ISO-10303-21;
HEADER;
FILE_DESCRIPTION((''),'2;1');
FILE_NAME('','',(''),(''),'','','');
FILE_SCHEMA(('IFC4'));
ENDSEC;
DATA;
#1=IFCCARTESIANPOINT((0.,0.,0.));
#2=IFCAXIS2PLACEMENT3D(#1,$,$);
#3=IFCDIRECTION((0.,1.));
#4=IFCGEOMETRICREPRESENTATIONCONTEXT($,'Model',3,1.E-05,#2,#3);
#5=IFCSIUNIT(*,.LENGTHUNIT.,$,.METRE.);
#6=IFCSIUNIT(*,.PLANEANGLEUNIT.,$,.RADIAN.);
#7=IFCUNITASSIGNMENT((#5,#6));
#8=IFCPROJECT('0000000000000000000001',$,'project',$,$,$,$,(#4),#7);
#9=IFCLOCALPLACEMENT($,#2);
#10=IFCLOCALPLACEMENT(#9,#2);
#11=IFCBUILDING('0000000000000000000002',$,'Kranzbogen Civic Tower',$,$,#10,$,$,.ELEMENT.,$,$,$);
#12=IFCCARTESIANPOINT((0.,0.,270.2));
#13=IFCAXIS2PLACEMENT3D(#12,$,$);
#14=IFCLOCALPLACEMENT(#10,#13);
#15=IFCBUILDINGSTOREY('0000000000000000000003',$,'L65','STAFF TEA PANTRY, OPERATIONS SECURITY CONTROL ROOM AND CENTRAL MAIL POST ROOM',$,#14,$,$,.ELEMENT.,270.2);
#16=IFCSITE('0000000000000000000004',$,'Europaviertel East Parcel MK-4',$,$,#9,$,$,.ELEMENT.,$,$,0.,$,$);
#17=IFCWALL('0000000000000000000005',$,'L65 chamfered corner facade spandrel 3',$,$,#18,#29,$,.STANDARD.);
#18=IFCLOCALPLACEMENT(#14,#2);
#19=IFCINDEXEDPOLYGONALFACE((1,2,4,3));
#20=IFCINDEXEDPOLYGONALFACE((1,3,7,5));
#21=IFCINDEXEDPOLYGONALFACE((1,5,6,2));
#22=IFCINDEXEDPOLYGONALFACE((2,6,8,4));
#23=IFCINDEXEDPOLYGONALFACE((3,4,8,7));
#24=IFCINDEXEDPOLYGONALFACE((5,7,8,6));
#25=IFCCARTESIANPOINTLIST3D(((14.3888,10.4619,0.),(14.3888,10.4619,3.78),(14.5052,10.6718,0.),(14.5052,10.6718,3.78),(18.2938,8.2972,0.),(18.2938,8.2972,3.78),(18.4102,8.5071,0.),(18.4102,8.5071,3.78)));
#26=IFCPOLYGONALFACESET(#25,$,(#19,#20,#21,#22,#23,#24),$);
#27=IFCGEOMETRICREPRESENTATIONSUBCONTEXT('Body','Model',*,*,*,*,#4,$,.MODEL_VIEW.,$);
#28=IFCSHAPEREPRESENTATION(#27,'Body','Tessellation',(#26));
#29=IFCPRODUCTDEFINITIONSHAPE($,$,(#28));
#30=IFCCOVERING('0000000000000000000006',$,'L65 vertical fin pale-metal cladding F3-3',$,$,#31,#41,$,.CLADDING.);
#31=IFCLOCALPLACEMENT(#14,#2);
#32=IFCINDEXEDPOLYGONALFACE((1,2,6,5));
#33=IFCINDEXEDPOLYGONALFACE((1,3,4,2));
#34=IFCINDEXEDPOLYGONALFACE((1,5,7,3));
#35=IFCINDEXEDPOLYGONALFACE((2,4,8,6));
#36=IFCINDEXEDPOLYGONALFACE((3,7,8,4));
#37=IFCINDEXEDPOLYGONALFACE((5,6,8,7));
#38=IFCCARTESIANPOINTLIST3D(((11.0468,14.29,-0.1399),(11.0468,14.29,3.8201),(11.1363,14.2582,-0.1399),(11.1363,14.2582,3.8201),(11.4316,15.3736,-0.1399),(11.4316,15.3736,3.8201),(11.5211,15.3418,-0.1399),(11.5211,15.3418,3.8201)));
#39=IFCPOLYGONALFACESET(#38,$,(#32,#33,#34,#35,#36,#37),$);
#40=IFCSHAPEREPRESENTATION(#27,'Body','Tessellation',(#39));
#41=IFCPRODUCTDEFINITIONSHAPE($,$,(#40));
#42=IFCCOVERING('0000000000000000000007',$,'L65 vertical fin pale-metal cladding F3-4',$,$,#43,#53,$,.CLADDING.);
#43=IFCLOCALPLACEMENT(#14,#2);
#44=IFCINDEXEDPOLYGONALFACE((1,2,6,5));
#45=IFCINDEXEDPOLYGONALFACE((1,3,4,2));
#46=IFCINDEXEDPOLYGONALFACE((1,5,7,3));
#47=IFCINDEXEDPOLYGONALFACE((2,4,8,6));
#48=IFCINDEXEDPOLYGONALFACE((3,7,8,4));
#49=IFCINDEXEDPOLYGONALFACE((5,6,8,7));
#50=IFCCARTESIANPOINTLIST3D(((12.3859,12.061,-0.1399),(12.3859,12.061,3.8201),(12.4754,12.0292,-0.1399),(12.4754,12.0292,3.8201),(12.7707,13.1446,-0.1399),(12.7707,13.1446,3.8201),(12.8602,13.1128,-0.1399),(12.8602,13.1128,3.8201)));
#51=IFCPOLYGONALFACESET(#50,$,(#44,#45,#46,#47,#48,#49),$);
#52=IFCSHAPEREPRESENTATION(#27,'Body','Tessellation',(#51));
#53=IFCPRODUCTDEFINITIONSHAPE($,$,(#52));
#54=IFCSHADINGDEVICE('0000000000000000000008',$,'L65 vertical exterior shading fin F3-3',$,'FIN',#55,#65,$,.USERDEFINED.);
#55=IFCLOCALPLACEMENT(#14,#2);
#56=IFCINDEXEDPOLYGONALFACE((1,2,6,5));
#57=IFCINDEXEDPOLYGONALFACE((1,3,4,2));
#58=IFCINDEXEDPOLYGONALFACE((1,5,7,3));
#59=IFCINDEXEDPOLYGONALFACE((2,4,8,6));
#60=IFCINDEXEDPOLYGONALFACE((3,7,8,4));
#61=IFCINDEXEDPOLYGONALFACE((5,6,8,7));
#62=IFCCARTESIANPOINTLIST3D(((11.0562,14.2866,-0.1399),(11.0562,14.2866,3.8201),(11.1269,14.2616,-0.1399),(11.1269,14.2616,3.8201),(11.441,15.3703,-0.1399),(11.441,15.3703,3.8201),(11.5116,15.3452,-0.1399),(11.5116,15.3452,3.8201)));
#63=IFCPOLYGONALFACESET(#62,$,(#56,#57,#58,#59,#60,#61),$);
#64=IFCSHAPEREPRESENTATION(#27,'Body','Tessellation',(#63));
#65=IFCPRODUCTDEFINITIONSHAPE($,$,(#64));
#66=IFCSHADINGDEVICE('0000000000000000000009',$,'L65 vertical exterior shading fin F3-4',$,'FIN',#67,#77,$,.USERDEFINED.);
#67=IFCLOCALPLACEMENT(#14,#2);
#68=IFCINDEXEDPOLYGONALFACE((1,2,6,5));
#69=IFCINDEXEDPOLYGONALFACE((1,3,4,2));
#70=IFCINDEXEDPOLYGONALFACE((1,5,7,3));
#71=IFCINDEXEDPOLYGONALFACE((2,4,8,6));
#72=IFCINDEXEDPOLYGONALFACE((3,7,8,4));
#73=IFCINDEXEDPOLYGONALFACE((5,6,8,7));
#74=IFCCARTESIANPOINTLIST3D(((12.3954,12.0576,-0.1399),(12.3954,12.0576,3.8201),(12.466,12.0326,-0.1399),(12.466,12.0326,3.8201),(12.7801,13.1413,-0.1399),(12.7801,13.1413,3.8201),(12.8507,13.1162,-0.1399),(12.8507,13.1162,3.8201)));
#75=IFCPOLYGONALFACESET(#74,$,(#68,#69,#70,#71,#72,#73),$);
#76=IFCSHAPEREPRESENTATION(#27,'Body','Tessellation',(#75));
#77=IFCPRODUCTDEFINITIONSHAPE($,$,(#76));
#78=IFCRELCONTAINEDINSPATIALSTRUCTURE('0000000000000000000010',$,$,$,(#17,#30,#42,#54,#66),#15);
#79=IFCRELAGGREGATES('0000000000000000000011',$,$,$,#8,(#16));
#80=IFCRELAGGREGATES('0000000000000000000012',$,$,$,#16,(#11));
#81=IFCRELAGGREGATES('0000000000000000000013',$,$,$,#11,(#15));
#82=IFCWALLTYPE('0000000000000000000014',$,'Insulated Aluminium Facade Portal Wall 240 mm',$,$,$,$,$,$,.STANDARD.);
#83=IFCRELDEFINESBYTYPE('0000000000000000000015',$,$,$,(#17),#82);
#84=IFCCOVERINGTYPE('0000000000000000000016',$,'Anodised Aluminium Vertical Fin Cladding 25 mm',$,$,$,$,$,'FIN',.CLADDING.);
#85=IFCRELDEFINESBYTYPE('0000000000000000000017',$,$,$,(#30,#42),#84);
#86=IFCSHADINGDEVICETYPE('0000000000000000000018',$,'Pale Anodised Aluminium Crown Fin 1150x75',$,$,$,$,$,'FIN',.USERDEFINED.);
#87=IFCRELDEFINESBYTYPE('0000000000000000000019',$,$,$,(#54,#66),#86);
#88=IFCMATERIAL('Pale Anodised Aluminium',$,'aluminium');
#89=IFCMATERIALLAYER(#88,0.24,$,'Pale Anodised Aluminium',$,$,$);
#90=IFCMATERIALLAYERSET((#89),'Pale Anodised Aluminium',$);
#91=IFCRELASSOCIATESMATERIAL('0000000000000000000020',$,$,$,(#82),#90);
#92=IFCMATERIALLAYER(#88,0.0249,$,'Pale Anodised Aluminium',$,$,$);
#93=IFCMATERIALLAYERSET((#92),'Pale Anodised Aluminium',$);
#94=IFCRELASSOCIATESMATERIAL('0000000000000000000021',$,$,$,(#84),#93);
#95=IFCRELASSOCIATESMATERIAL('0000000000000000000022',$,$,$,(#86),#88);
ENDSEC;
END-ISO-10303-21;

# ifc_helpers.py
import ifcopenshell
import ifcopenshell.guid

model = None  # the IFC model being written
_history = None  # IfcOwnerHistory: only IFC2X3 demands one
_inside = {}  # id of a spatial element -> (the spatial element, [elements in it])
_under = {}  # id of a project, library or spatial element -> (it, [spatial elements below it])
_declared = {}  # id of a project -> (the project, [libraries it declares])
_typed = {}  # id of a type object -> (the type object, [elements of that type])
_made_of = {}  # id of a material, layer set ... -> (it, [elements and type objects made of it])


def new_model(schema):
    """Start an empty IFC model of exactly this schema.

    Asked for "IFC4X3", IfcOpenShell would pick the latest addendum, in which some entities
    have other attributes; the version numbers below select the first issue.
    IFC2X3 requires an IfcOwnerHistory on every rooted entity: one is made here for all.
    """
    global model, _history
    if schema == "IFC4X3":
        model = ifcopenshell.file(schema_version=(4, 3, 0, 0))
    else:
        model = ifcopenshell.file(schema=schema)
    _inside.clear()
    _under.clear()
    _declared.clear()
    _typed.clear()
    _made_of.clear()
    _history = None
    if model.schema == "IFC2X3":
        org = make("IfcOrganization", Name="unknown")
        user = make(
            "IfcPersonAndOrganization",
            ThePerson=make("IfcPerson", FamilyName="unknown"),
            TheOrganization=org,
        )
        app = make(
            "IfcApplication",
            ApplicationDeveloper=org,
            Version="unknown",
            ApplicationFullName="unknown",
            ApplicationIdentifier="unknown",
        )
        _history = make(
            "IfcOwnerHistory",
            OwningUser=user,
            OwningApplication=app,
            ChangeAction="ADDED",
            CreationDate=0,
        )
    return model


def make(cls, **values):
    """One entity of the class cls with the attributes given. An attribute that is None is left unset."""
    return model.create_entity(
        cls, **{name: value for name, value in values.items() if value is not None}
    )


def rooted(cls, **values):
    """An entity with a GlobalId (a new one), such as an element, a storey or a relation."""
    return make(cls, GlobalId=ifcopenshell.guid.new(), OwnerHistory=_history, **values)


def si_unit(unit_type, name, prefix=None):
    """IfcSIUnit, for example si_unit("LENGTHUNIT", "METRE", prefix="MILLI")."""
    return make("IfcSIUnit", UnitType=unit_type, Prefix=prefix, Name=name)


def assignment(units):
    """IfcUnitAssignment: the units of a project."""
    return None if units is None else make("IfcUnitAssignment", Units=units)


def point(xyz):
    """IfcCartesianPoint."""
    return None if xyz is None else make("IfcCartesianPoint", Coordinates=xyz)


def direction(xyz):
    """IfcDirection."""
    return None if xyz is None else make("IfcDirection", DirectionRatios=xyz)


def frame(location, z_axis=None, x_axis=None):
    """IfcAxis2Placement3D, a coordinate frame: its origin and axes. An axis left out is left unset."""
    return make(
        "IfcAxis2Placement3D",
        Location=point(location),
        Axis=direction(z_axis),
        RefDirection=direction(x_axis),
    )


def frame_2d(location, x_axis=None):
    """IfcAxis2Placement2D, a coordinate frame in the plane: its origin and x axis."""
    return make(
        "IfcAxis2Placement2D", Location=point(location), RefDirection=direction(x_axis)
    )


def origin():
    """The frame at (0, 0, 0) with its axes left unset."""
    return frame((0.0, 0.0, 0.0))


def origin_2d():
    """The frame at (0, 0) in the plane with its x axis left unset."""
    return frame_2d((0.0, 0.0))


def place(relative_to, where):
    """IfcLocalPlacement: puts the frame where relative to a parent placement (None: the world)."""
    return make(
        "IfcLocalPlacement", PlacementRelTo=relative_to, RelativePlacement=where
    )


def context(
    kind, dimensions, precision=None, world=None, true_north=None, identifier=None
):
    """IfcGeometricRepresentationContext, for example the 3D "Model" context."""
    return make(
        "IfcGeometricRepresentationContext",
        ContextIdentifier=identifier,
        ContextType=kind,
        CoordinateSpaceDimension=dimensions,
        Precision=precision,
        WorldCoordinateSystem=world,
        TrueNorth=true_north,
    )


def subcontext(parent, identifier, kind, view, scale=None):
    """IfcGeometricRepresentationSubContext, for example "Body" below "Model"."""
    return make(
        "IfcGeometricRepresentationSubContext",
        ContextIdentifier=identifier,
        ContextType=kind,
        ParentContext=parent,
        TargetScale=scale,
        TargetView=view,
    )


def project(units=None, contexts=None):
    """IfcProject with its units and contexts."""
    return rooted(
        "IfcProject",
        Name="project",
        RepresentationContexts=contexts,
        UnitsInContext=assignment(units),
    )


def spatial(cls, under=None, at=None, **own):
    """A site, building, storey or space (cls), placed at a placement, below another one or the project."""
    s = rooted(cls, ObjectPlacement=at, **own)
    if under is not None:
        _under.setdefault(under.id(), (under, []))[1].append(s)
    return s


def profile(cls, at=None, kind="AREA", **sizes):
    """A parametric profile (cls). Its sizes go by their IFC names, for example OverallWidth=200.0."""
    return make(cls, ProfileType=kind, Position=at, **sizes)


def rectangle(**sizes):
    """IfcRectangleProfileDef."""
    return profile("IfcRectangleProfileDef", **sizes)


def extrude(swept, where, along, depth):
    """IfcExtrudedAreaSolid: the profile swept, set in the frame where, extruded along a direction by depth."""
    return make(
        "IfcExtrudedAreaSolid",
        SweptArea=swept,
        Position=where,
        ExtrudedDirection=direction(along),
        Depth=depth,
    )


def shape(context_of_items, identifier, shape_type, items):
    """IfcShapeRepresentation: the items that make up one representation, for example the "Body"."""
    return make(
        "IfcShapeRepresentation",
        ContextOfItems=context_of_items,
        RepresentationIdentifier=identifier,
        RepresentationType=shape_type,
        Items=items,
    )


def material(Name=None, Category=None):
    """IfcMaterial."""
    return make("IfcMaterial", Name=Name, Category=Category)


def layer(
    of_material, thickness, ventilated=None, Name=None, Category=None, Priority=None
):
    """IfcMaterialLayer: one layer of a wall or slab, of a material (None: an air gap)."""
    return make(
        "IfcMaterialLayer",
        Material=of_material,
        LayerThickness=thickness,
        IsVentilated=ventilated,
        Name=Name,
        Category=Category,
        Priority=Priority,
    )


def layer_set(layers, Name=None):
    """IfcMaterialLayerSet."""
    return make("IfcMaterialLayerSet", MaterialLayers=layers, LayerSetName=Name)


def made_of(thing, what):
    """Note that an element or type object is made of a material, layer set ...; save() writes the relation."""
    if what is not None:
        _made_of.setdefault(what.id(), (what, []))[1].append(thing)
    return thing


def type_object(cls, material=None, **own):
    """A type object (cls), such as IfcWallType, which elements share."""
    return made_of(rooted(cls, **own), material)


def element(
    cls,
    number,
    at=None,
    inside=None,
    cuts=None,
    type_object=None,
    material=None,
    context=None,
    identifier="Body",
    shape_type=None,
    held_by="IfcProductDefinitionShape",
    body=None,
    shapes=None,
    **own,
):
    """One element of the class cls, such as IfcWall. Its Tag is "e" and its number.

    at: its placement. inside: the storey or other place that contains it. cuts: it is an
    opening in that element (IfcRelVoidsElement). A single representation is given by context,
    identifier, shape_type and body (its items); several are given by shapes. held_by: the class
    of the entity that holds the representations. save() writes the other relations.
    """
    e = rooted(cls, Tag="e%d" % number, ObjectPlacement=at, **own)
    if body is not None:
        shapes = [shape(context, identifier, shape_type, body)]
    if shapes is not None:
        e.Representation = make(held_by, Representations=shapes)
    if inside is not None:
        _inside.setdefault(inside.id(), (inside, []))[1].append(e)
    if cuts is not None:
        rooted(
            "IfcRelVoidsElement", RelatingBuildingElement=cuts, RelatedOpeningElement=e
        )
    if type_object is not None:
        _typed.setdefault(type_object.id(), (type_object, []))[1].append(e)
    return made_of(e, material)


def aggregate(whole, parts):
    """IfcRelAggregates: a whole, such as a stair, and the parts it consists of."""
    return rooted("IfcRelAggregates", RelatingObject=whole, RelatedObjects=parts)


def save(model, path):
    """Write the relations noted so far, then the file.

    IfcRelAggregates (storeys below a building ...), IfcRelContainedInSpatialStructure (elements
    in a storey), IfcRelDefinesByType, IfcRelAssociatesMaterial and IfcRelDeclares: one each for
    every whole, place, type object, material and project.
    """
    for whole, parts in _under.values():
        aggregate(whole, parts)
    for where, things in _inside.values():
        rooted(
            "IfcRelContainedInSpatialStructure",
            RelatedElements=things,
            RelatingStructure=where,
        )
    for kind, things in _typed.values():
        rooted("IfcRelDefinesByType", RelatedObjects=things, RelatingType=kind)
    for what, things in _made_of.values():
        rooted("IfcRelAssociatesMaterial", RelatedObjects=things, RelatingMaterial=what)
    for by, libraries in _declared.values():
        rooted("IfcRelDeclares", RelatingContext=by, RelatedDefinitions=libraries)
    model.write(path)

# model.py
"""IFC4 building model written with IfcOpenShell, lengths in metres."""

from ifc_helpers import new_model, si_unit, direction, frame, frame_2d, origin, origin_2d, place, context, subcontext, project, spatial, rectangle, extrude, material, layer, layer_set, type_object, element, save


model = new_model("IFC4")

# Units and contexts
model_context = context("Model", 3, precision=1e-05, world=origin(), true_north=direction((0.0, 1.0)))
body_context = subcontext(model_context, "Body", "Model", "MODEL_VIEW")
ifc_project = project(units=[si_unit("LENGTHUNIT", "METRE"), si_unit("PLANEANGLEUNIT", "RADIAN")], contexts=[model_context])

# Site, building, storey
site_placement = place(None, origin())
site = spatial("IfcSite", under=ifc_project, at=site_placement, Name="Europaviertel East Parcel MK-4", CompositionType="ELEMENT", RefElevation=0.0)
building_placement = place(site_placement, origin())
building = spatial("IfcBuilding", under=site, at=building_placement, Name="Kranzbogen Civic Tower", CompositionType="ELEMENT")
storey_placement = place(building_placement, frame((0.0, 0.0, 270.2)))
storey = spatial("IfcBuildingStorey", under=building, at=storey_placement, Name="L65", Description="STAFF TEA PANTRY, OPERATIONS SECURITY CONTROL ROOM AND CENTRAL MAIL POST ROOM", CompositionType="ELEMENT", Elevation=270.2)

# Shared definitions
ifc_material_1 = material(Name="Pale Anodised Aluminium", Category="aluminium")

# Wall
ifc_layer_1 = layer(ifc_material_1, 0.24, Name="Pale Anodised Aluminium")
ifc_layer_set_1 = layer_set([ifc_layer_1], Name="Pale Anodised Aluminium")
wall_type_1 = type_object("IfcWallType", Name="Insulated Aluminium Facade Portal Wall 240 mm", PredefinedType="STANDARD", material=ifc_layer_set_1)
wall_1_placement = place(storey_placement, frame((14.447, 10.5669, 0.0), z_axis=(0.0, 0.0, 1.0), x_axis=(0.874601, -0.484844, 0.0)))
element("IfcWall", 1, at=wall_1_placement, inside=storey, type_object=wall_type_1, Name="L65 chamfered corner facade spandrel 3", PredefinedType="STANDARD", context=body_context, shape_type="SweptSolid", body=[
    extrude(rectangle(XDim=4.4648, YDim=0.24, at=frame_2d((2.2324, 0.0))), origin(), (0.0, 0.0, 1.0), 3.78),
])

# Coverings
ifc_layer_2 = layer(ifc_material_1, 0.0249, Name="Pale Anodised Aluminium")
ifc_layer_set_2 = layer_set([ifc_layer_2], Name="Pale Anodised Aluminium")
covering_type_1 = type_object("IfcCoveringType", Name="Anodised Aluminium Vertical Fin Cladding 25 mm", ElementType="FIN", PredefinedType="CLADDING", material=ifc_layer_set_2)
for number, where, z_axis, x_axis, name in (
    (2, (11.2839, 14.8159, -0.1399), (0.0, 0.0, 1.0), (-0.334596, -0.942362, 0.0), "L65 vertical fin pale-metal cladding F3-3"),
    (3, (12.623, 12.5869, -0.1399), (0.0, 0.0, 1.0), (-0.334596, -0.942362, 0.0), "L65 vertical fin pale-metal cladding F3-4"),
):
    element("IfcCovering", number, at=place(storey_placement, frame(where, z_axis=z_axis, x_axis=x_axis)), inside=storey, type_object=covering_type_1, Name=name, PredefinedType="CLADDING", context=body_context, shape_type="SweptSolid", body=[
        extrude(rectangle(XDim=1.1499, YDim=0.095, at=origin_2d()), origin(), (0.0, 0.0, 1.0), 3.96),
    ])

# Shading devices
shading_device_type = type_object("IfcShadingDeviceType", Name="Pale Anodised Aluminium Crown Fin 1150x75", ElementType="FIN", PredefinedType="USERDEFINED", material=ifc_material_1)
for number, where, z_axis, x_axis, name in (
    (4, (11.2839, 14.8159, -0.1399), (0.0, 0.0, 1.0), (-0.334596, -0.942362, 0.0), "L65 vertical exterior shading fin F3-3"),
    (5, (12.623, 12.5869, -0.1399), (0.0, 0.0, 1.0), (-0.334596, -0.942362, 0.0), "L65 vertical exterior shading fin F3-4"),
):
    element("IfcShadingDevice", number, at=place(storey_placement, frame(where, z_axis=z_axis, x_axis=x_axis)), inside=storey, type_object=shading_device_type, Name=name, ObjectType="FIN", PredefinedType="USERDEFINED", context=body_context, shape_type="SweptSolid", body=[
        extrude(rectangle(XDim=1.1499, YDim=0.075, at=origin_2d()), origin(), (0.0, 0.0, 1.0), 3.96),
    ])

save(model, "model.ifc")
